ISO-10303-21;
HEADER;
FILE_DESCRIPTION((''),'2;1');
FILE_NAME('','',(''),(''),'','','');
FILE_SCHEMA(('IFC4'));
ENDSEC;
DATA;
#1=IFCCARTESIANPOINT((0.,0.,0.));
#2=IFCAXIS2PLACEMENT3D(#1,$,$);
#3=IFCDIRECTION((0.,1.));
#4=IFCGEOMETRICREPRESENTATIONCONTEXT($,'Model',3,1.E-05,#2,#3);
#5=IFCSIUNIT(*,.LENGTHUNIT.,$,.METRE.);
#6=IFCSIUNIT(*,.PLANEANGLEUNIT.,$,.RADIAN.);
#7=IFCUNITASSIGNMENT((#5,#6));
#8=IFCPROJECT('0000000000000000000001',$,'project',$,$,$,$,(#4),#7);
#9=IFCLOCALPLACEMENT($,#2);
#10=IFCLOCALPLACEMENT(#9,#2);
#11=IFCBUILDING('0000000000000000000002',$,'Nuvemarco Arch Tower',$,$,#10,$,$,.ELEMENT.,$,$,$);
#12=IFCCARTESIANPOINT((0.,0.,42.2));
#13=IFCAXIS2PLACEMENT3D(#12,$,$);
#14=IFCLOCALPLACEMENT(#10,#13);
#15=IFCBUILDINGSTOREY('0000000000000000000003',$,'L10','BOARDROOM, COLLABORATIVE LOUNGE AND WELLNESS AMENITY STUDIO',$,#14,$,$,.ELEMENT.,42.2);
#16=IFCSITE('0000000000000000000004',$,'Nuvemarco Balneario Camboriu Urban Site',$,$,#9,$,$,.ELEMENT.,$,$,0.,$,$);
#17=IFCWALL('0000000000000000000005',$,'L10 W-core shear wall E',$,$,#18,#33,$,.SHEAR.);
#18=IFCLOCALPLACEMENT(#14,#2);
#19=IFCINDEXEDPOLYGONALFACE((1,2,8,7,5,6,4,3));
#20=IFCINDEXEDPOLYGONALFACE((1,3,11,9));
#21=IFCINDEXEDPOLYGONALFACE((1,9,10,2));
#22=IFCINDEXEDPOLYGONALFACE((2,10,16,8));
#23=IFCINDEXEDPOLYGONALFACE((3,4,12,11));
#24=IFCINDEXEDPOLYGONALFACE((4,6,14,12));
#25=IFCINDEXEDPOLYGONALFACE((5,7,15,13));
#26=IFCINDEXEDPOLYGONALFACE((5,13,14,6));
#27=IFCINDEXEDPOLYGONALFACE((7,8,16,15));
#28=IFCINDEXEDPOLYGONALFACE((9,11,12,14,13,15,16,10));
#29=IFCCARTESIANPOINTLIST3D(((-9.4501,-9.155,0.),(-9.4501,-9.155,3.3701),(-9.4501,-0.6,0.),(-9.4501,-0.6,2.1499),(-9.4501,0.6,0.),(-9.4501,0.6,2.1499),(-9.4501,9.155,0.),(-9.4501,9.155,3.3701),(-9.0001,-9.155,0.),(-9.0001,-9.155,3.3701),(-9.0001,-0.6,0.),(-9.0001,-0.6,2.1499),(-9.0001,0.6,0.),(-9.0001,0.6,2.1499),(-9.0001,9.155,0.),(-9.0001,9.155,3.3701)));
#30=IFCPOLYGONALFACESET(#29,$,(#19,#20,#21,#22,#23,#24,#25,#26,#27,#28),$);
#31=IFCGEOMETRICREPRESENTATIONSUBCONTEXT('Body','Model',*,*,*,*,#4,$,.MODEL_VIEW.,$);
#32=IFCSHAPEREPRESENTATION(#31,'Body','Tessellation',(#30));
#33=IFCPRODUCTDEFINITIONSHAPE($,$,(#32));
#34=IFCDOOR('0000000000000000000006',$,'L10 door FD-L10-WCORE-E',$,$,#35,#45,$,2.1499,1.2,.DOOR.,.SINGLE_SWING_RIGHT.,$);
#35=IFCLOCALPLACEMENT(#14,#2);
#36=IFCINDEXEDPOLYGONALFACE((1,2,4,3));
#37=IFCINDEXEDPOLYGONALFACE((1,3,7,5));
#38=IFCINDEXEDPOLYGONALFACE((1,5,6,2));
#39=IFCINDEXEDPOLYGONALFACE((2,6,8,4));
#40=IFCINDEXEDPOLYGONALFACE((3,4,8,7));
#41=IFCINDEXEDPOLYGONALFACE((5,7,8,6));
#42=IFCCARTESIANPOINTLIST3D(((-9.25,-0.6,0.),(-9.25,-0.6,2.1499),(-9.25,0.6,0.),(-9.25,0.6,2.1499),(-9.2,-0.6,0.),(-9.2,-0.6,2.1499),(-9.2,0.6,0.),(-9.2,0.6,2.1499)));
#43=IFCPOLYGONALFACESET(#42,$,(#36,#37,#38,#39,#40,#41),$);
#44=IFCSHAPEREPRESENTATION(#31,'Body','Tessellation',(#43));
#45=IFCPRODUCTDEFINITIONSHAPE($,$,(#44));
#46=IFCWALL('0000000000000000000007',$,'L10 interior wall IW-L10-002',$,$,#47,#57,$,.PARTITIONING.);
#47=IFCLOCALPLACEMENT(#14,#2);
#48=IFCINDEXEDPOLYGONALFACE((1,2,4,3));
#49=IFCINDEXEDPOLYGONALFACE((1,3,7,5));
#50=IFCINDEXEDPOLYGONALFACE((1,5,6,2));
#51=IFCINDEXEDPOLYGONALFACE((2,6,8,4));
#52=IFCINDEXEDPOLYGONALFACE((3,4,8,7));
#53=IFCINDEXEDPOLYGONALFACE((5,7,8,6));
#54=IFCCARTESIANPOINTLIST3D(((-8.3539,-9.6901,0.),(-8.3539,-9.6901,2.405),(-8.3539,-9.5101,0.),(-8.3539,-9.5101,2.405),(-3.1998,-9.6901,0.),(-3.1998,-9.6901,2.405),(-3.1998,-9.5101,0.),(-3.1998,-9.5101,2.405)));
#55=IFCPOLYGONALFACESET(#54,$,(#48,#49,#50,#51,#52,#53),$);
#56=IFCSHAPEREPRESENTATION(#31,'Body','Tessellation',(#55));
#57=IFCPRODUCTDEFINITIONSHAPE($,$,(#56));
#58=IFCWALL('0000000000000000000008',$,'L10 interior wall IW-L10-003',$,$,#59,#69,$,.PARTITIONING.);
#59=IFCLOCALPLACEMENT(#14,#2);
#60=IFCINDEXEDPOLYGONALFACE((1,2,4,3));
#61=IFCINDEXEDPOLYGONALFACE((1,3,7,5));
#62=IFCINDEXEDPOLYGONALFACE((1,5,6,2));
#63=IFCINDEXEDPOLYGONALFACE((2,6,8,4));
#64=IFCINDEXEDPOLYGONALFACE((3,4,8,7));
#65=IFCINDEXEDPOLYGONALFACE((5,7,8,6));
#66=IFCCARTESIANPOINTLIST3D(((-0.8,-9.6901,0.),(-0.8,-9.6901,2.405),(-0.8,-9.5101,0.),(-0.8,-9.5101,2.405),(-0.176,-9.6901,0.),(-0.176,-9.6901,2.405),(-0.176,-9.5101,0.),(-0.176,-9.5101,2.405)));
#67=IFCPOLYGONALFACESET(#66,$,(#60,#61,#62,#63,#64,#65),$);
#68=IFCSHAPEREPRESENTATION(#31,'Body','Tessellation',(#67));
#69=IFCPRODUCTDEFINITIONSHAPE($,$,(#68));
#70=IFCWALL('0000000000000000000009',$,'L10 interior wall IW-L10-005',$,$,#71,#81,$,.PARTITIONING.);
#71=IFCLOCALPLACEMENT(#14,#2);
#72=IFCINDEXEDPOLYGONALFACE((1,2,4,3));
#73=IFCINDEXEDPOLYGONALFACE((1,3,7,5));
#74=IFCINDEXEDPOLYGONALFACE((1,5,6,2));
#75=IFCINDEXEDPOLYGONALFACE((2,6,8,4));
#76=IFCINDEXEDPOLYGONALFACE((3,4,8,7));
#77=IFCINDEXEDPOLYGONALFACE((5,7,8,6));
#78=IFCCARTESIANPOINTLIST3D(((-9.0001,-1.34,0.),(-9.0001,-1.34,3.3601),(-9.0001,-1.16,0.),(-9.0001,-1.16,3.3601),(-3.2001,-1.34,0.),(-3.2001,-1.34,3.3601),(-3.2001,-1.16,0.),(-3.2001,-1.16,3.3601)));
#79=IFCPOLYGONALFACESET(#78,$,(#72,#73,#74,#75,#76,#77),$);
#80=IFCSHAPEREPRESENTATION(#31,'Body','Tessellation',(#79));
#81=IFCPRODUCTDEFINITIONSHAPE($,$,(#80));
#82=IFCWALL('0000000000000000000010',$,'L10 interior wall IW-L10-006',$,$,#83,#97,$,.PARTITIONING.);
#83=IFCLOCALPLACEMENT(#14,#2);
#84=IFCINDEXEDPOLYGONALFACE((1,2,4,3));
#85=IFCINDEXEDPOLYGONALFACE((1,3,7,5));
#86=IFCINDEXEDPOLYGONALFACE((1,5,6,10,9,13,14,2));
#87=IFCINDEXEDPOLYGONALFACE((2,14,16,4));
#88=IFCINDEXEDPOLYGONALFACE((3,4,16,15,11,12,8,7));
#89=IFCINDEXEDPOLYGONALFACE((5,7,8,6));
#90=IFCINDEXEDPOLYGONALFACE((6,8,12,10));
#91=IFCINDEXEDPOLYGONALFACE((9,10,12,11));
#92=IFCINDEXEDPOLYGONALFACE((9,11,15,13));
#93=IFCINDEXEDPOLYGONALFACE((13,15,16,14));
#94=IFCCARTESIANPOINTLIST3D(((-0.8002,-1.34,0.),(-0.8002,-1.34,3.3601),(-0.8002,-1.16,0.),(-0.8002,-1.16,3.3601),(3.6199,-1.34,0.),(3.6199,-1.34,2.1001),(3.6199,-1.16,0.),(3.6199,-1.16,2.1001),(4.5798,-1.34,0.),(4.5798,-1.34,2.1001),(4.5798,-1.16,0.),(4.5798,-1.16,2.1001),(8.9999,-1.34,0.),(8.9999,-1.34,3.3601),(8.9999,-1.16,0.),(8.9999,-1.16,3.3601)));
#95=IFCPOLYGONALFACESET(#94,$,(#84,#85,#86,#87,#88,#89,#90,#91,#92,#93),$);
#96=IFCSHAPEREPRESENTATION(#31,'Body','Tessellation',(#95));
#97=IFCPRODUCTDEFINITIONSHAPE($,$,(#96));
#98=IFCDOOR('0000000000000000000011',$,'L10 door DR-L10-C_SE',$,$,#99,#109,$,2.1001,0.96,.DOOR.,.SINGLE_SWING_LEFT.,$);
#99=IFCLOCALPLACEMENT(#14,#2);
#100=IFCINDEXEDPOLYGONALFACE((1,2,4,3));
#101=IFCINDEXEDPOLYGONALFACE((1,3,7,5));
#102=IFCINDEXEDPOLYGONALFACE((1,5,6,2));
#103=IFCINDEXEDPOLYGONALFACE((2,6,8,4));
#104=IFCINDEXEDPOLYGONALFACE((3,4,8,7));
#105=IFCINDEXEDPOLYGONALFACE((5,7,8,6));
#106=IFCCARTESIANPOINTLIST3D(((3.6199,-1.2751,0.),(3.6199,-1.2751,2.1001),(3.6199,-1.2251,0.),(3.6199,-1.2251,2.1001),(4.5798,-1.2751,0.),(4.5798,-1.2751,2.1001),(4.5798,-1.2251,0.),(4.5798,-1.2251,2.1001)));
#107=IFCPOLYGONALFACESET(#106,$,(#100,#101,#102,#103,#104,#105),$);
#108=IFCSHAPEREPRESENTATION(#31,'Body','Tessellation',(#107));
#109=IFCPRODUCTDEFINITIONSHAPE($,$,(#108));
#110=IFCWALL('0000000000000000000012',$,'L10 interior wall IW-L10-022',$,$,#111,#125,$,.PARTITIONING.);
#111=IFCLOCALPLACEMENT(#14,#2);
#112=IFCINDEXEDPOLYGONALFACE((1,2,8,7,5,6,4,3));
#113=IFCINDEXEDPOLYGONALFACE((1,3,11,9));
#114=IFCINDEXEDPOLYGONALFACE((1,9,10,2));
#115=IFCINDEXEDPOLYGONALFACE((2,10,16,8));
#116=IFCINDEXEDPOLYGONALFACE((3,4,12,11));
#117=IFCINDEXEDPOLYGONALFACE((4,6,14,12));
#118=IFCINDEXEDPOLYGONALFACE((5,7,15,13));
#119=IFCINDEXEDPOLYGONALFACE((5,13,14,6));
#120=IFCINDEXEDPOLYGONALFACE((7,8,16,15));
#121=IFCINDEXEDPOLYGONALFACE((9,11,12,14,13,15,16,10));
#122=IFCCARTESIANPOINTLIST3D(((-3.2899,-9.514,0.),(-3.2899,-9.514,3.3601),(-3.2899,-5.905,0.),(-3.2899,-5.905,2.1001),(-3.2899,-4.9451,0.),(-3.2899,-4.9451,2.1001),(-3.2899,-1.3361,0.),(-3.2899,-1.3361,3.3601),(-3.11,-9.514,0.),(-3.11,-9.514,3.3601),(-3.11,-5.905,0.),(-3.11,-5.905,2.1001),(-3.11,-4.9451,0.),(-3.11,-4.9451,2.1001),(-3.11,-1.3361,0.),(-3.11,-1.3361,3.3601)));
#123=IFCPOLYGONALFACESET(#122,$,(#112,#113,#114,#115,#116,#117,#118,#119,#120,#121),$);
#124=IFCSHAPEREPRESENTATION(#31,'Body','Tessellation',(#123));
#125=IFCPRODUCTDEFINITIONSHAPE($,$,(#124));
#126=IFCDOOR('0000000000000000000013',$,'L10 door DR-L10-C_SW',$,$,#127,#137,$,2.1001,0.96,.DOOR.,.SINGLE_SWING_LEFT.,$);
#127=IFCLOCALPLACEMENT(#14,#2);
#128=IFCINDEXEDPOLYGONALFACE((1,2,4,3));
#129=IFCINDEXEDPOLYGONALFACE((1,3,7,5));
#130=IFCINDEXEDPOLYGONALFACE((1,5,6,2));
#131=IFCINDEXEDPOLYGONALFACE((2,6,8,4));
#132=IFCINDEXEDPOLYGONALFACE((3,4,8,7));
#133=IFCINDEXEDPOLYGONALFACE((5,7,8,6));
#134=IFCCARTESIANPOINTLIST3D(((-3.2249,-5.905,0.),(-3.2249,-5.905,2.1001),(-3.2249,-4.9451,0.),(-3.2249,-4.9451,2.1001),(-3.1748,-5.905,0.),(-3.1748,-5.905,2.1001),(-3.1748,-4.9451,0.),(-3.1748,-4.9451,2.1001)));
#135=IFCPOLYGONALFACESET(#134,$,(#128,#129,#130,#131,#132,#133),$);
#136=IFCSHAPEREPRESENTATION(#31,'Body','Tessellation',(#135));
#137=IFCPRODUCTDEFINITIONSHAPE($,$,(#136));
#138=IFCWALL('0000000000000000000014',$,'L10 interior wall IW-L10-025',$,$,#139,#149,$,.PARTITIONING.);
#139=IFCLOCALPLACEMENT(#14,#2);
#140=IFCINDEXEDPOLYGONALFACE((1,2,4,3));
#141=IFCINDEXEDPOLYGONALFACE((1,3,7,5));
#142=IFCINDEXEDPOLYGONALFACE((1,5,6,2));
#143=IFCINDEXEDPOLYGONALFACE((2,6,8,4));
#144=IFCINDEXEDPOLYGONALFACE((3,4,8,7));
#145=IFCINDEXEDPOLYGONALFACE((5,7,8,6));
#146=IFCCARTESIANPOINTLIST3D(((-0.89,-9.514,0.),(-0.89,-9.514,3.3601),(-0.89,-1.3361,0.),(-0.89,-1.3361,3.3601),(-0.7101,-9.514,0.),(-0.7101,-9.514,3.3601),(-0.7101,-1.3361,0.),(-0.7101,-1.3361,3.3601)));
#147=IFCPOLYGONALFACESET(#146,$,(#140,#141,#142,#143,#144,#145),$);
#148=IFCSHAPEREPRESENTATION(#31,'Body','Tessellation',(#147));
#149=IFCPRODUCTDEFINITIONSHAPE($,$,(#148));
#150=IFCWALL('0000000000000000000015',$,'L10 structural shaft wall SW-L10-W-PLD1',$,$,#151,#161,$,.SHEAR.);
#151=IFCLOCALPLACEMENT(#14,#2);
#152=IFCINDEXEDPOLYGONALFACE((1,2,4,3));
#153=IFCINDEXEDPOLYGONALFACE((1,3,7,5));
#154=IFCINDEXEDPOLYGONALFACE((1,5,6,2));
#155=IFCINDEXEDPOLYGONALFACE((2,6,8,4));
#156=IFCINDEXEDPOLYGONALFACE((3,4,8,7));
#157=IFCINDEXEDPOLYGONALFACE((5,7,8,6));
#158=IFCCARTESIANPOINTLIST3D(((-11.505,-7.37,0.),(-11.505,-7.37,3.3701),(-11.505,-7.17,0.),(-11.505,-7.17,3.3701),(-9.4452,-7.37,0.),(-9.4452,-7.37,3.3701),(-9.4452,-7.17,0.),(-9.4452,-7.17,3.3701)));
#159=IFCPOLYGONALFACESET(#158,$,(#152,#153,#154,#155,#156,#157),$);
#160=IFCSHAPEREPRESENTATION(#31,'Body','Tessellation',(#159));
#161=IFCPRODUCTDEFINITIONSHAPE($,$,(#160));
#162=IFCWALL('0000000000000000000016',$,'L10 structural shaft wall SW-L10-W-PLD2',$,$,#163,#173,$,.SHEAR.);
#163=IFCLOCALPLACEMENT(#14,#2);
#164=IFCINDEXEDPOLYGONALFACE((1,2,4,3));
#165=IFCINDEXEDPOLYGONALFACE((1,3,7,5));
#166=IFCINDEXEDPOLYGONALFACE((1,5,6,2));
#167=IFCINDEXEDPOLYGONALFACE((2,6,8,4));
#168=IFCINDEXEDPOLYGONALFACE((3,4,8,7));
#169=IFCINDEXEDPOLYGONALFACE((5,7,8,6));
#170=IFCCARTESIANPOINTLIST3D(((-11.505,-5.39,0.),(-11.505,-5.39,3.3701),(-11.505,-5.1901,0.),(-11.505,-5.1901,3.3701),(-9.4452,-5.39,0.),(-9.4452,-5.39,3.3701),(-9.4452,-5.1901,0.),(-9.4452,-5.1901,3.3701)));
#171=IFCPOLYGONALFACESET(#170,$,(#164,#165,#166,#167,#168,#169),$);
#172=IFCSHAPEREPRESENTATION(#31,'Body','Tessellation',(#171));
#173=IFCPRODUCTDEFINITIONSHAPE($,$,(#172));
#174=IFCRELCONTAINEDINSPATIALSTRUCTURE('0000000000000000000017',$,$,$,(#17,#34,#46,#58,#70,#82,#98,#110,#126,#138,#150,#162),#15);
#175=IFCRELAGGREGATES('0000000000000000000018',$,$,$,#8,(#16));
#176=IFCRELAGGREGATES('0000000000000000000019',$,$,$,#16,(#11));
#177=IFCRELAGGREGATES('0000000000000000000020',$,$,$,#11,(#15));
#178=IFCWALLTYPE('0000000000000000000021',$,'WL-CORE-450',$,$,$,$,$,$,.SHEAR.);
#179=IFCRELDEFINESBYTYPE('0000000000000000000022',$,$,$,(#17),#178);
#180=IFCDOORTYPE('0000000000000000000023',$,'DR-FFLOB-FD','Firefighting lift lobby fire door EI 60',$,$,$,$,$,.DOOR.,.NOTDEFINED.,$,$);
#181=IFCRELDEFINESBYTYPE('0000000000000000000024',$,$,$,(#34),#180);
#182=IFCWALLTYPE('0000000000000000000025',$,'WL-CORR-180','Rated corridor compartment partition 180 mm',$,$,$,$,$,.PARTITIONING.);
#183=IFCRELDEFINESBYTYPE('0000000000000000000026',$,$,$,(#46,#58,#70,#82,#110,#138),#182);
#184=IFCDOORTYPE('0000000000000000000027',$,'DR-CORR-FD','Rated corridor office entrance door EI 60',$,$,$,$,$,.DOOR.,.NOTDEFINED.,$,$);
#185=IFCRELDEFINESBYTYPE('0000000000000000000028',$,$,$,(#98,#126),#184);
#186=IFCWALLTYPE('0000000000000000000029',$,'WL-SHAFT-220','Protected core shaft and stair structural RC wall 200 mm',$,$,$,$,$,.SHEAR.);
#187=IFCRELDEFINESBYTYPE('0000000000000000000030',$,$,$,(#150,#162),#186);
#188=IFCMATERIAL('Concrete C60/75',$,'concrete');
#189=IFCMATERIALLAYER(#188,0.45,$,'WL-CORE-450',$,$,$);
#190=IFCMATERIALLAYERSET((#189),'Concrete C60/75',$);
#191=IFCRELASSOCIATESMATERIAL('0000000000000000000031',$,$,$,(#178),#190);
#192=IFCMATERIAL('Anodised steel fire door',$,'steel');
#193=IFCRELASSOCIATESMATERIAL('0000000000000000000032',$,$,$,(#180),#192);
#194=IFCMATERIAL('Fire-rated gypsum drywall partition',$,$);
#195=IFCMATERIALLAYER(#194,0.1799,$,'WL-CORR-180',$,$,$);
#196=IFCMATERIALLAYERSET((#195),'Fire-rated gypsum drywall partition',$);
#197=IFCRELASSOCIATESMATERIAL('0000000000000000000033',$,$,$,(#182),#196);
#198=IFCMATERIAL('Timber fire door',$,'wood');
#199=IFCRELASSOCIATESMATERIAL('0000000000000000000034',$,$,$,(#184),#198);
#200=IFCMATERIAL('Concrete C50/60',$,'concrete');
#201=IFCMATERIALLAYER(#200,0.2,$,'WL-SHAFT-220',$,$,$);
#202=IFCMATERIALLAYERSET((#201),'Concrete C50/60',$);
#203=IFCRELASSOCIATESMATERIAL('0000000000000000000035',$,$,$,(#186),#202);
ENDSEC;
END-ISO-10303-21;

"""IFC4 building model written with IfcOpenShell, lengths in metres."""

from ifc_helpers import new_model, si_unit, direction, frame, frame_2d, origin, place, context, subcontext, project, spatial, rectangle, extrude, source, transform, mapped, material, layer, layer_set, type_object, type_shapes, element, fill, save


model = new_model("IFC4")

# Units and contexts
model_context = context("Model", 3, precision=1e-05, world=origin(), true_north=direction((0.0, 1.0)))
body_context = subcontext(model_context, "Body", "Model", "MODEL_VIEW")
ifc_project = project(units=[si_unit("LENGTHUNIT", "METRE"), si_unit("PLANEANGLEUNIT", "RADIAN")], contexts=[model_context])

# Site, building, storey
site_placement = place(None, origin())
site = spatial("IfcSite", under=ifc_project, at=site_placement, Name="Nuvemarco Balneario Camboriu Urban Site", CompositionType="ELEMENT", RefElevation=0.0)
building_placement = place(site_placement, origin())
building = spatial("IfcBuilding", under=site, at=building_placement, Name="Nuvemarco Arch Tower", CompositionType="ELEMENT")
storey_placement = place(building_placement, frame((0.0, 0.0, 42.2)))
storey = spatial("IfcBuildingStorey", under=building, at=storey_placement, Name="L10", Description="BOARDROOM, COLLABORATIVE LOUNGE AND WELLNESS AMENITY STUDIO", CompositionType="ELEMENT", Elevation=42.2)

# Shared definitions
ifc_material_1 = material(Name="Concrete C60/75", Category="concrete")

# Wall, opening, door
ifc_layer_1 = layer(ifc_material_1, 0.45, Name="WL-CORE-450")
ifc_layer_set_1 = layer_set([ifc_layer_1], Name="Concrete C60/75")
wall_type_1 = type_object("IfcWallType", Name="WL-CORE-450", PredefinedType="SHEAR", material=ifc_layer_set_1)
wall_1_placement = place(storey_placement, frame((-9.2251, -9.155, 0.0), z_axis=(0.0, 0.0, 1.0), x_axis=(0.0, 1.0, 0.0)))
wall_1 = element("IfcWall", 1, at=wall_1_placement, inside=storey, type_object=wall_type_1, Name="L10 W-core shear wall E", PredefinedType="SHEAR", context=body_context, shape_type="SweptSolid", body=[
    extrude(rectangle(XDim=18.3101, YDim=0.45, at=frame_2d((9.155, 0.0))), origin(), (0.0, 0.0, 1.0), 3.3701),
])
opening_1_placement = place(wall_1_placement, frame((8.5549, 0.0, 0.0)))
opening_1 = element("IfcOpeningElement", 2, at=opening_1_placement, cuts=wall_1, PredefinedType="OPENING", context=body_context, shape_type="SweptSolid", body=[
    extrude(rectangle(XDim=1.2, YDim=2.1499, at=frame_2d((0.6001, 1.075))), frame((0.0, 0.2349, 0.0), z_axis=(0.0, -1.0, 0.0), x_axis=(1.0, 0.0, 0.0)), (0.0, 0.0, 1.0), 0.47),
])
ifc_material_2 = material(Name="Anodised steel fire door", Category="steel")
door_type_1 = type_object("IfcDoorType", Name="DR-FFLOB-FD", Description="Firefighting lift lobby fire door EI 60", OperationType="NOTDEFINED", PredefinedType="DOOR", material=ifc_material_2)
shared_shape_1 = source(origin(), body_context, "Body", "SweptSolid", [
    extrude(rectangle(XDim=1.2, YDim=2.1499, at=frame_2d((0.6001, 1.075))), frame((0.0, 0.0249, 0.0), z_axis=(0.0, -1.0, 0.0), x_axis=(1.0, 0.0, 0.0)), (0.0, 0.0, 1.0), 0.05),
])
type_shapes(door_type_1, [shared_shape_1])
door_1_placement = place(opening_1_placement, origin())
door_1 = element("IfcDoor", 3, at=door_1_placement, inside=storey, type_object=door_type_1, Name="L10 door FD-L10-WCORE-E", OperationType="SINGLE_SWING_RIGHT", OverallHeight=2.1499, OverallWidth=1.2, PredefinedType="DOOR", context=body_context, shape_type="MappedRepresentation", body=[
    mapped(shared_shape_1, transform((0.0, 0.0, 0.0), scale=1.0)),
])
fill(opening_1, door_1)

# Walls
ifc_material_3 = material(Name="Fire-rated gypsum drywall partition")
ifc_layer_2 = layer(ifc_material_3, 0.1799, Name="WL-CORR-180")
ifc_layer_set_2 = layer_set([ifc_layer_2], Name="Fire-rated gypsum drywall partition")
wall_type_2 = type_object("IfcWallType", Name="WL-CORR-180", Description="Rated corridor compartment partition 180 mm", PredefinedType="PARTITIONING", material=ifc_layer_set_2)
wall_2_placement = place(storey_placement, frame((-8.354, -9.6001, 0.0), z_axis=(0.0, 0.0, 1.0), x_axis=(1.0, 0.0, 0.0)))
element("IfcWall", 4, at=wall_2_placement, inside=storey, type_object=wall_type_2, Name="L10 interior wall IW-L10-002", PredefinedType="PARTITIONING", context=body_context, shape_type="SweptSolid", body=[
    extrude(rectangle(XDim=5.1541, YDim=0.1799, at=frame_2d((2.5771, 0.0))), origin(), (0.0, 0.0, 1.0), 2.405),
])
wall_3_placement = place(storey_placement, frame((-0.8, -9.6001, 0.0), z_axis=(0.0, 0.0, 1.0), x_axis=(1.0, 0.0, 0.0)))
element("IfcWall", 5, at=wall_3_placement, inside=storey, type_object=wall_type_2, Name="L10 interior wall IW-L10-003", PredefinedType="PARTITIONING", context=body_context, shape_type="SweptSolid", body=[
    extrude(rectangle(XDim=0.624, YDim=0.1799, at=frame_2d((0.312, 0.0))), origin(), (0.0, 0.0, 1.0), 2.405),
])
wall_4_placement = place(storey_placement, frame((-9.0, -1.25, 0.0), z_axis=(0.0, 0.0, 1.0), x_axis=(1.0, 0.0, 0.0)))
element("IfcWall", 6, at=wall_4_placement, inside=storey, type_object=wall_type_2, Name="L10 interior wall IW-L10-005", PredefinedType="PARTITIONING", context=body_context, shape_type="SweptSolid", body=[
    extrude(rectangle(XDim=5.8, YDim=0.1799, at=frame_2d((2.8999, 0.0))), origin(), (0.0, 0.0, 1.0), 3.3601),
])

# Walls, openings, doors
wall_5_placement = place(storey_placement, frame((-0.8, -1.25, 0.0), z_axis=(0.0, 0.0, 1.0), x_axis=(1.0, 0.0, 0.0)))
wall_5 = element("IfcWall", 7, at=wall_5_placement, inside=storey, type_object=wall_type_2, Name="L10 interior wall IW-L10-006", PredefinedType="PARTITIONING", context=body_context, shape_type="SweptSolid", body=[
    extrude(rectangle(XDim=9.8, YDim=0.1799, at=frame_2d((4.8999, 0.0))), origin(), (0.0, 0.0, 1.0), 3.3601),
])
opening_2_placement = place(wall_5_placement, frame((4.4199, 0.0, 0.0)))
opening_2 = element("IfcOpeningElement", 8, at=opening_2_placement, cuts=wall_5, PredefinedType="OPENING", context=body_context, shape_type="SweptSolid", body=[
    extrude(rectangle(XDim=0.96, YDim=2.1001, at=frame_2d((0.48, 1.05))), frame((0.0, 0.0999, 0.0), z_axis=(0.0, -1.0, 0.0), x_axis=(1.0, 0.0, 0.0)), (0.0, 0.0, 1.0), 0.2),
])
ifc_material_4 = material(Name="Timber fire door", Category="wood")
door_type_2 = type_object("IfcDoorType", Name="DR-CORR-FD", Description="Rated corridor office entrance door EI 60", OperationType="NOTDEFINED", PredefinedType="DOOR", material=ifc_material_4)
shared_shape_2 = source(origin(), body_context, "Body", "SweptSolid", [
    extrude(rectangle(XDim=0.96, YDim=2.1001, at=frame_2d((0.48, 1.05))), frame((0.0, 0.0249, 0.0), z_axis=(0.0, -1.0, 0.0), x_axis=(1.0, 0.0, 0.0)), (0.0, 0.0, 1.0), 0.05),
])
type_shapes(door_type_2, [shared_shape_2])
door_2_placement = place(opening_2_placement, origin())
door_2 = element("IfcDoor", 9, at=door_2_placement, inside=storey, type_object=door_type_2, Name="L10 door DR-L10-C_SE", OperationType="SINGLE_SWING_LEFT", OverallHeight=2.1001, OverallWidth=0.96, PredefinedType="DOOR", context=body_context, shape_type="MappedRepresentation", body=[
    mapped(shared_shape_2, transform((0.0, 0.0, 0.0), scale=1.0)),
])
fill(opening_2, door_2)
wall_6_placement = place(storey_placement, frame((-3.2, -9.5139, 0.0), z_axis=(0.0, 0.0, 1.0), x_axis=(0.0, 1.0, 0.0)))
wall_6 = element("IfcWall", 10, at=wall_6_placement, inside=storey, type_object=wall_type_2, Name="L10 interior wall IW-L10-022", PredefinedType="PARTITIONING", context=body_context, shape_type="SweptSolid", body=[
    extrude(rectangle(XDim=8.178, YDim=0.1799, at=frame_2d((4.0889, 0.0))), origin(), (0.0, 0.0, 1.0), 3.3601),
])
opening_3_placement = place(wall_6_placement, frame((3.6089, 0.0, 0.0)))
opening_3 = element("IfcOpeningElement", 11, at=opening_3_placement, cuts=wall_6, PredefinedType="OPENING", context=body_context, shape_type="SweptSolid", body=[
    extrude(rectangle(XDim=0.96, YDim=2.1001, at=frame_2d((0.48, 1.05))), frame((0.0, 0.0999, 0.0), z_axis=(0.0, -1.0, 0.0), x_axis=(1.0, 0.0, 0.0)), (0.0, 0.0, 1.0), 0.2),
])
door_3_placement = place(opening_3_placement, origin())
door_3 = element("IfcDoor", 12, at=door_3_placement, inside=storey, type_object=door_type_2, Name="L10 door DR-L10-C_SW", OperationType="SINGLE_SWING_LEFT", OverallHeight=2.1001, OverallWidth=0.96, PredefinedType="DOOR", context=body_context, shape_type="MappedRepresentation", body=[
    mapped(shared_shape_2, transform((0.0, 0.0, 0.0), scale=1.0)),
])
fill(opening_3, door_3)

# Walls
wall_7_placement = place(storey_placement, frame((-0.8, -9.5139, 0.0), z_axis=(0.0, 0.0, 1.0), x_axis=(0.0, 1.0, 0.0)))
element("IfcWall", 13, at=wall_7_placement, inside=storey, type_object=wall_type_2, Name="L10 interior wall IW-L10-025", PredefinedType="PARTITIONING", context=body_context, shape_type="SweptSolid", body=[
    extrude(rectangle(XDim=8.178, YDim=0.1799, at=frame_2d((4.0889, 0.0))), origin(), (0.0, 0.0, 1.0), 3.3601),
])
ifc_material_5 = material(Name="Concrete C50/60", Category="concrete")
ifc_layer_3 = layer(ifc_material_5, 0.2, Name="WL-SHAFT-220")
ifc_layer_set_3 = layer_set([ifc_layer_3], Name="Concrete C50/60")
wall_type_3 = type_object("IfcWallType", Name="WL-SHAFT-220", Description="Protected core shaft and stair structural RC wall 200 mm", PredefinedType="SHEAR", material=ifc_layer_set_3)
for number, where, z_axis, x_axis, name in (
    (14, (-11.5049, -7.27, 0.0), (0.0, 0.0, 1.0), (1.0, 0.0, 0.0), "L10 structural shaft wall SW-L10-W-PLD1"),
    (15, (-11.5049, -5.29, 0.0), (0.0, 0.0, 1.0), (1.0, 0.0, 0.0), "L10 structural shaft wall SW-L10-W-PLD2"),
):
    element("IfcWall", number, at=place(storey_placement, frame(where, z_axis=z_axis, x_axis=x_axis)), inside=storey, type_object=wall_type_3, Name=name, PredefinedType="SHEAR", context=body_context, shape_type="SweptSolid", body=[
        extrude(rectangle(XDim=2.0598, YDim=0.2, at=frame_2d((1.0298, 0.0))), origin(), (0.0, 0.0, 1.0), 3.3701),
    ])

save(model, "model.ifc")
